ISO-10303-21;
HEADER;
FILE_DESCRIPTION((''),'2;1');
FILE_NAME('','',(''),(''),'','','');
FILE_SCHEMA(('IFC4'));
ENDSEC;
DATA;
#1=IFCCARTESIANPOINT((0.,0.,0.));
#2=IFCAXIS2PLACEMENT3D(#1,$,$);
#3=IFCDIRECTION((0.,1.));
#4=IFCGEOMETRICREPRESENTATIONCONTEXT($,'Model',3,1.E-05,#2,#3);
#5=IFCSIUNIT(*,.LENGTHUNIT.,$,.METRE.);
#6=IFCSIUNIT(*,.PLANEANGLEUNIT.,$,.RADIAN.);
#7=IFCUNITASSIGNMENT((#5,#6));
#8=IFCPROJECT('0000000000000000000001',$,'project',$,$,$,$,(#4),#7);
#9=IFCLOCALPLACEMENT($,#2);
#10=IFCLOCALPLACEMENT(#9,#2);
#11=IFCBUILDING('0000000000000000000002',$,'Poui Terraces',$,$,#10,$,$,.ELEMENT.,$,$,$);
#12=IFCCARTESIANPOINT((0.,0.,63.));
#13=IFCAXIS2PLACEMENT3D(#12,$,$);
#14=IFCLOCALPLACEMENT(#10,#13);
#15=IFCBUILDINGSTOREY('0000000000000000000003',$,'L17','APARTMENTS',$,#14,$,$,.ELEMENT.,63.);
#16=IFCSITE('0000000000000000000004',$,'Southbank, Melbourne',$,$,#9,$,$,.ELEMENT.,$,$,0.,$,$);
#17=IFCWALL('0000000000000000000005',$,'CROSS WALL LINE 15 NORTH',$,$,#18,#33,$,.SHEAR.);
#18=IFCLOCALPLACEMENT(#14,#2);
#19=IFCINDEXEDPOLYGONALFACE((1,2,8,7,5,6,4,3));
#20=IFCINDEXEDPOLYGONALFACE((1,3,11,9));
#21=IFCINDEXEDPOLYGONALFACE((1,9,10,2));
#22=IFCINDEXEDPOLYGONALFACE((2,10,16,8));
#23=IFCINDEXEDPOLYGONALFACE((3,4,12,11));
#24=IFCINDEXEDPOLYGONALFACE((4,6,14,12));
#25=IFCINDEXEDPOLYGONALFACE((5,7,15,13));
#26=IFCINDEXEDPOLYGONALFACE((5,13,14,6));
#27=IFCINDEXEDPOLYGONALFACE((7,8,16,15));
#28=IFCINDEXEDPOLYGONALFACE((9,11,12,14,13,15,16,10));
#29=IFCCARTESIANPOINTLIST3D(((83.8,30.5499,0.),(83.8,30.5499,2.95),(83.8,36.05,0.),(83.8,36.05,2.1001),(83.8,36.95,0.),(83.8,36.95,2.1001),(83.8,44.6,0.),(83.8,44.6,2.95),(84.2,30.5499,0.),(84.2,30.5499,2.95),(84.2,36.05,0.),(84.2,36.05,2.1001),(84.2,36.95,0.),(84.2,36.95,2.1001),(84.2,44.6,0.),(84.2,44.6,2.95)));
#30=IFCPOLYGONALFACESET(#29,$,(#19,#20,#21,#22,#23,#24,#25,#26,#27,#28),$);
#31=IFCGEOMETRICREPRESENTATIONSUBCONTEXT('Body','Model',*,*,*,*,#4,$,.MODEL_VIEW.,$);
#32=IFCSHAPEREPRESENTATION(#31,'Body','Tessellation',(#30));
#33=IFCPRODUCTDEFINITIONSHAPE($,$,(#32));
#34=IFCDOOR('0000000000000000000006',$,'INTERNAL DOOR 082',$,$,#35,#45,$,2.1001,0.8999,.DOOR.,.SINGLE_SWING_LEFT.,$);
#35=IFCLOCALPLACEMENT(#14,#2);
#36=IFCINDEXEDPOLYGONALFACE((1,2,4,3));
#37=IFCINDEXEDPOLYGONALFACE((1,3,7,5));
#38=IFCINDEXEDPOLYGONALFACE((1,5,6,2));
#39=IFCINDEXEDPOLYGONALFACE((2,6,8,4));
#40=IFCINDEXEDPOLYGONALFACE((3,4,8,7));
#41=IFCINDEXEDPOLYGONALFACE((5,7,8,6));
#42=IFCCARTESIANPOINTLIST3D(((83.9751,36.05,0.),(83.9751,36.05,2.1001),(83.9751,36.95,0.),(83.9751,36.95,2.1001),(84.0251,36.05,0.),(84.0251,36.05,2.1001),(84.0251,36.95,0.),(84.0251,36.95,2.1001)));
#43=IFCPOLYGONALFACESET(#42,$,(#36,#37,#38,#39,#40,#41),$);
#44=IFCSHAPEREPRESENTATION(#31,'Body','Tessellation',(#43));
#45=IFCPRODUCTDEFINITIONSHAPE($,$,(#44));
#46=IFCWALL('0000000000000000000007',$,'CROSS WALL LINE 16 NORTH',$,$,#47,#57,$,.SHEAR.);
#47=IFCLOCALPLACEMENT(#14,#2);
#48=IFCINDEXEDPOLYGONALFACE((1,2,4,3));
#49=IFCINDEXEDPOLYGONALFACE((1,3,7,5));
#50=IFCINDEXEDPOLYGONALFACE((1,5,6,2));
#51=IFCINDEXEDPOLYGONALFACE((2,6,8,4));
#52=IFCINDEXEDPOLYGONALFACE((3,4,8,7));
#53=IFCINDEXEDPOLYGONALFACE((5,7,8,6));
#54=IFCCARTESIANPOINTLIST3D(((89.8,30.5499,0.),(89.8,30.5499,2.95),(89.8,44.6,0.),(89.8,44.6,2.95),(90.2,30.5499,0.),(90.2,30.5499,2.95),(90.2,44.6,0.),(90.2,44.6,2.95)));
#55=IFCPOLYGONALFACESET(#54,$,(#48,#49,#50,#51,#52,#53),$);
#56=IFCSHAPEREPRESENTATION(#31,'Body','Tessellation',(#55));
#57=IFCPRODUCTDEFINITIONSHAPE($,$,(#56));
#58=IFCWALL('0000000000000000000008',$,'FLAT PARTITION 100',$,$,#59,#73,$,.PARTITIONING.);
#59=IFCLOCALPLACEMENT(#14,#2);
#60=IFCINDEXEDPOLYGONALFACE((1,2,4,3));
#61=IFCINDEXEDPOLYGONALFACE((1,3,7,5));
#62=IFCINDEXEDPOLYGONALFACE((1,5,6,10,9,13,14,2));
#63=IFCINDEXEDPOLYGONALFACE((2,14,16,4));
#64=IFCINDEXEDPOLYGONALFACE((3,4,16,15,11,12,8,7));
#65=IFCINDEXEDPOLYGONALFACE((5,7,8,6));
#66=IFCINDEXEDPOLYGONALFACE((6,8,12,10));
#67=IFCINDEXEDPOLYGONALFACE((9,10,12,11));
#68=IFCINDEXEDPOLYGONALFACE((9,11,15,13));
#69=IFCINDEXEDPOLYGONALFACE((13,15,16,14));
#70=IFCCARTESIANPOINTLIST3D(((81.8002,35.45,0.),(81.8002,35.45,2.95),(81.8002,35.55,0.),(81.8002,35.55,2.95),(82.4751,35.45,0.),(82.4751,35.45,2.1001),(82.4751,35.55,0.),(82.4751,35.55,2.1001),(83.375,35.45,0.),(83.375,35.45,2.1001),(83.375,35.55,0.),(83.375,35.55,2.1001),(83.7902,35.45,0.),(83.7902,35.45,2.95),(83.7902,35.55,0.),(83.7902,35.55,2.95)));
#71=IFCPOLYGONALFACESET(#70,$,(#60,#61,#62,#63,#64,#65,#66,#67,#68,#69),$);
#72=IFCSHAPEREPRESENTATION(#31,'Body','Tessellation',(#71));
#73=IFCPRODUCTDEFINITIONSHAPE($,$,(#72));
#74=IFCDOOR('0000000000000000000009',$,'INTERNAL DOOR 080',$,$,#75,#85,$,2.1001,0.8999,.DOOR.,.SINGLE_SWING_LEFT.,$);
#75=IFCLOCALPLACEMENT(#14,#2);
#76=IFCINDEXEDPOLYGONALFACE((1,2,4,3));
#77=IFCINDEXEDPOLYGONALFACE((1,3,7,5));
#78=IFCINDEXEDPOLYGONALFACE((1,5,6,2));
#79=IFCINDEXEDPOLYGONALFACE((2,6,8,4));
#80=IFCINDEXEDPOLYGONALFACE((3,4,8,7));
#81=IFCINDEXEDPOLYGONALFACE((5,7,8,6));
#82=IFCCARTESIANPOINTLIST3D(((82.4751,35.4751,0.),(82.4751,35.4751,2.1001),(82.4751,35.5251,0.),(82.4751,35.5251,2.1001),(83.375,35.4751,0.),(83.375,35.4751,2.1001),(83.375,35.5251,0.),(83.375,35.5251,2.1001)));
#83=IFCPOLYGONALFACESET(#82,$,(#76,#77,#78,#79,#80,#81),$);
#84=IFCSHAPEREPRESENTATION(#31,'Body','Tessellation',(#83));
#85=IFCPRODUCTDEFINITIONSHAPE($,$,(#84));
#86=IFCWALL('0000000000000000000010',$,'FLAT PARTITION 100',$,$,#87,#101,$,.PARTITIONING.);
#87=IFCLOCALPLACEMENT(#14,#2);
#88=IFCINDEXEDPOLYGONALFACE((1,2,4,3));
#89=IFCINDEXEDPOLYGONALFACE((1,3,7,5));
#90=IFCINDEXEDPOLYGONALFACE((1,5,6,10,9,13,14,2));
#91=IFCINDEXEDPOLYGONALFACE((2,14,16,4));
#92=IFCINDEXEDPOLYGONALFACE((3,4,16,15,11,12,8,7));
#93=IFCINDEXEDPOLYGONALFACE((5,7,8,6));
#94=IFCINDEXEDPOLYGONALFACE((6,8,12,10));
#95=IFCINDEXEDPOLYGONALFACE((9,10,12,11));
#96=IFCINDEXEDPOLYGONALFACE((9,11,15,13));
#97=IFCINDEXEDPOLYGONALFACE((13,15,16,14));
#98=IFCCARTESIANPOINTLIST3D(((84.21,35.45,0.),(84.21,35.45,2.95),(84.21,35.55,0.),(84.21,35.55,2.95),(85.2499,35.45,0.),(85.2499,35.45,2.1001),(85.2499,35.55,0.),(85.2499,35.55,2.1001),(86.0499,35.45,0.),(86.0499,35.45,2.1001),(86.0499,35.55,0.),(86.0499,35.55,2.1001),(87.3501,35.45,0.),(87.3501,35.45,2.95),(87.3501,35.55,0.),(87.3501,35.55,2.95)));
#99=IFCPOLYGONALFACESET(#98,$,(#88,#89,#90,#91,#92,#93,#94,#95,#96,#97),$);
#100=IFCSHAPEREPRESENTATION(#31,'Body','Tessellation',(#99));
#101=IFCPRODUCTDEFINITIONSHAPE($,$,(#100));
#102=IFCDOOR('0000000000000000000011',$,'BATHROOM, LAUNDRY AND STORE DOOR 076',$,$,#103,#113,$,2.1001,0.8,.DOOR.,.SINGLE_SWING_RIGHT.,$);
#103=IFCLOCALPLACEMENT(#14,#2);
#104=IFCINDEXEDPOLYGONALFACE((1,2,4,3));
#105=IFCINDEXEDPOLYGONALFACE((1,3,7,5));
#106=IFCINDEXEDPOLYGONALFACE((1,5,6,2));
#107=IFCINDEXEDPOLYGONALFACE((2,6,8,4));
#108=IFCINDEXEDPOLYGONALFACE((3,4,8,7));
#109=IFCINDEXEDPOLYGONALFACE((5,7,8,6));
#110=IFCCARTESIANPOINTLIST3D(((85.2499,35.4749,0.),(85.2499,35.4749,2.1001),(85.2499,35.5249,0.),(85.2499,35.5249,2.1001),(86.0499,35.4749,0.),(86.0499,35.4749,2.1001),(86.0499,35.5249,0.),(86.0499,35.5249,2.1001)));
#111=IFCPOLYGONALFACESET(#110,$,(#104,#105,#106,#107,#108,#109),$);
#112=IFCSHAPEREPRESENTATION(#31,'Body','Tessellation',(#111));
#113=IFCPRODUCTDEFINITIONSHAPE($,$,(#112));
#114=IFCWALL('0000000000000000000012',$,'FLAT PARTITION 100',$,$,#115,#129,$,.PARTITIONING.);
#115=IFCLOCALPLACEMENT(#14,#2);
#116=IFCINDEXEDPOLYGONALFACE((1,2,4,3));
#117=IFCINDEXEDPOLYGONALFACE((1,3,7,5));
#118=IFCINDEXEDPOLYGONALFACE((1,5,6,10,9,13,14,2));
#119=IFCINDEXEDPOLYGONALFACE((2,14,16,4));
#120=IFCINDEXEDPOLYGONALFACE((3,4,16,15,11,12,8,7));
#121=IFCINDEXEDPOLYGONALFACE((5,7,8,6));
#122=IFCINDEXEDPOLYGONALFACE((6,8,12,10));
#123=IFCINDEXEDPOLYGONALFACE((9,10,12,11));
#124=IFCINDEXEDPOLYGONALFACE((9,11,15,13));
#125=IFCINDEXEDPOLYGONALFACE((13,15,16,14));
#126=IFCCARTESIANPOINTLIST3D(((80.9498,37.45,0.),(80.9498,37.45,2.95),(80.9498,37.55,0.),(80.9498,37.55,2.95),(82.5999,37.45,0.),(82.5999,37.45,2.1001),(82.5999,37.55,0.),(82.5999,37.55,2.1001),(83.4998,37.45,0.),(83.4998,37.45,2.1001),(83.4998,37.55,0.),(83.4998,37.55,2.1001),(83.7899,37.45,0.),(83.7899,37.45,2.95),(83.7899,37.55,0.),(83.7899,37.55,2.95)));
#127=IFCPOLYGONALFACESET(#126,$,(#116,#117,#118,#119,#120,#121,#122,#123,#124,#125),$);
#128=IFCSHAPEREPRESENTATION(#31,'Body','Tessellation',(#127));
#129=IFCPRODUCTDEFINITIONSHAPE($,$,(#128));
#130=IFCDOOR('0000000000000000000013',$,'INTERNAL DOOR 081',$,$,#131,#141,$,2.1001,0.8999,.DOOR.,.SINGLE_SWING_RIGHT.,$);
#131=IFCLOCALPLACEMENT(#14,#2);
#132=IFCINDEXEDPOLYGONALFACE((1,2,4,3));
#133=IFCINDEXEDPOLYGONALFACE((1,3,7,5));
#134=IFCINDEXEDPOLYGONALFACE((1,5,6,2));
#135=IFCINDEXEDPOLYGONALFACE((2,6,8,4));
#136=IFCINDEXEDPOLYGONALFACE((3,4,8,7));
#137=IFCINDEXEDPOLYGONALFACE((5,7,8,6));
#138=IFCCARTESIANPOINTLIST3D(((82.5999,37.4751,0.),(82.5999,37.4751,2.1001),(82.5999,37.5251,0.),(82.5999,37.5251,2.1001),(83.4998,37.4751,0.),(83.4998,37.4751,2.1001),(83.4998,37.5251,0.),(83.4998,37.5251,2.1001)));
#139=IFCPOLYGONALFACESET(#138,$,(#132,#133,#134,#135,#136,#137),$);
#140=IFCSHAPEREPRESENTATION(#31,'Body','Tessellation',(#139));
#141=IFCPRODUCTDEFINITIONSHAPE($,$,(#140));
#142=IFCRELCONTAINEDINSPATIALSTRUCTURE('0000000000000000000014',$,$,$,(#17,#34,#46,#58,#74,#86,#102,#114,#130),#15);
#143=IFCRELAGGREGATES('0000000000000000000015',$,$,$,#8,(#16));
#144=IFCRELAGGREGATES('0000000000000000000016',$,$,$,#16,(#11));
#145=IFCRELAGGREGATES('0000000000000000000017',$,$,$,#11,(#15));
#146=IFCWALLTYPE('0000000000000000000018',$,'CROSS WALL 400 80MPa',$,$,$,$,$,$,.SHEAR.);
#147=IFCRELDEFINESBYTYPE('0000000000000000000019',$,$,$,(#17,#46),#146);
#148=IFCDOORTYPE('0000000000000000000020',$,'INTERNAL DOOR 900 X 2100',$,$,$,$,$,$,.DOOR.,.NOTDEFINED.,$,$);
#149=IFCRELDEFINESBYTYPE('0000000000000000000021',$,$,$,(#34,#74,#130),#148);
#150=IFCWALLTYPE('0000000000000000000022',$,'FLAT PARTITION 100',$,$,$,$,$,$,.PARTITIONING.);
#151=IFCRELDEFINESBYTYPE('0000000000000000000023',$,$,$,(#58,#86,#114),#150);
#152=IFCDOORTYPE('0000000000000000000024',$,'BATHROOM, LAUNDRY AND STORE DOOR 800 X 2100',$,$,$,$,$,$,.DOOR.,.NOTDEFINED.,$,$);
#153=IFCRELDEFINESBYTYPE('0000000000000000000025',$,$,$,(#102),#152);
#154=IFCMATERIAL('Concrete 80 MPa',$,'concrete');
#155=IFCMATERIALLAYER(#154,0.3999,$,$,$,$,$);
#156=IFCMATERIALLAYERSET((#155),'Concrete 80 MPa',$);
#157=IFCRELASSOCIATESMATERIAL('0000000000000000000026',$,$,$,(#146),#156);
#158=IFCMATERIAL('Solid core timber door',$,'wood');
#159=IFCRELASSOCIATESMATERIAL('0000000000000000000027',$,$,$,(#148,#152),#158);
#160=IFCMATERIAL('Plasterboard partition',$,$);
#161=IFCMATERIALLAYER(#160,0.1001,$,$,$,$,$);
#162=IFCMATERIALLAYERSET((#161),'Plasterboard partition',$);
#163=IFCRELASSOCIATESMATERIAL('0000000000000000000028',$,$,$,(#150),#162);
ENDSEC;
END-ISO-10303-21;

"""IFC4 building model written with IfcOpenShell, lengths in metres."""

from ifc_helpers import new_model, si_unit, direction, frame, frame_2d, origin, place, context, subcontext, project, spatial, rectangle, extrude, material, layer, layer_set, type_object, element, fill, save


model = new_model("IFC4")

# Units and contexts
model_context = context("Model", 3, precision=1e-05, world=origin(), true_north=direction((0.0, 1.0)))
body_context = subcontext(model_context, "Body", "Model", "MODEL_VIEW")
ifc_project = project(units=[si_unit("LENGTHUNIT", "METRE"), si_unit("PLANEANGLEUNIT", "RADIAN")], contexts=[model_context])

# Site, building, storey
site_placement = place(None, origin())
site = spatial("IfcSite", under=ifc_project, at=site_placement, Name="Southbank, Melbourne", CompositionType="ELEMENT", RefElevation=0.0)
building_placement = place(site_placement, origin())
building = spatial("IfcBuilding", under=site, at=building_placement, Name="Poui Terraces", CompositionType="ELEMENT")
storey_placement = place(building_placement, frame((0.0, 0.0, 63.0)))
storey = spatial("IfcBuildingStorey", under=building, at=storey_placement, Name="L17", Description="APARTMENTS", CompositionType="ELEMENT", Elevation=63.0)

# Wall, opening, door
ifc_material_1 = material(Name="Concrete 80 MPa", Category="concrete")
ifc_layer_1 = layer(ifc_material_1, 0.3999)
ifc_layer_set_1 = layer_set([ifc_layer_1], Name="Concrete 80 MPa")
wall_type_1 = type_object("IfcWallType", Name="CROSS WALL 400 80MPa", PredefinedType="SHEAR", material=ifc_layer_set_1)
wall_1_placement = place(storey_placement, frame((84.0, 30.55, 0.0), z_axis=(0.0, 0.0, 1.0), x_axis=(0.0, 1.0, 0.0)))
wall_1 = element("IfcWall", 1, at=wall_1_placement, inside=storey, type_object=wall_type_1, Name="CROSS WALL LINE 15 NORTH", PredefinedType="SHEAR", context=body_context, shape_type="SweptSolid", body=[
    extrude(rectangle(XDim=14.05, YDim=0.3999, at=frame_2d((7.0249, 0.0))), origin(), (0.0, 0.0, 1.0), 2.95),
])
opening_1_placement = place(wall_1_placement, frame((5.5, 0.0, 0.0)))
opening_1 = element("IfcOpeningElement", 2, at=opening_1_placement, cuts=wall_1, PredefinedType="OPENING", context=body_context, shape_type="SweptSolid", body=[
    extrude(rectangle(XDim=0.8999, YDim=2.1001, at=frame_2d((0.45, 1.05))), frame((0.0, 0.21, 0.0), z_axis=(0.0, -1.0, 0.0), x_axis=(1.0, 0.0, 0.0)), (0.0, 0.0, 1.0), 0.4199),
])
ifc_material_2 = material(Name="Solid core timber door", Category="wood")
door_type_1 = type_object("IfcDoorType", Name="INTERNAL DOOR 900 X 2100", OperationType="NOTDEFINED", PredefinedType="DOOR", material=ifc_material_2)
door_1_placement = place(opening_1_placement, origin())
door_1 = element("IfcDoor", 3, at=door_1_placement, inside=storey, type_object=door_type_1, Name="INTERNAL DOOR 082", OperationType="SINGLE_SWING_LEFT", OverallHeight=2.1001, OverallWidth=0.8999, PredefinedType="DOOR", context=body_context, shape_type="SweptSolid", body=[
    extrude(rectangle(XDim=0.8999, YDim=2.1001, at=frame_2d((0.45, 1.05))), frame((0.0, 0.0249, 0.0), z_axis=(0.0, -1.0, 0.0), x_axis=(1.0, 0.0, 0.0)), (0.0, 0.0, 1.0), 0.05),
])
fill(opening_1, door_1)

# Wall
wall_2_placement = place(storey_placement, frame((90.0, 30.55, 0.0), z_axis=(0.0, 0.0, 1.0), x_axis=(0.0, 1.0, 0.0)))
element("IfcWall", 4, at=wall_2_placement, inside=storey, type_object=wall_type_1, Name="CROSS WALL LINE 16 NORTH", PredefinedType="SHEAR", context=body_context, shape_type="SweptSolid", body=[
    extrude(rectangle(XDim=14.05, YDim=0.3999, at=frame_2d((7.0249, 0.0))), origin(), (0.0, 0.0, 1.0), 2.95),
])

# Walls, openings, doors
ifc_material_3 = material(Name="Plasterboard partition")
ifc_layer_2 = layer(ifc_material_3, 0.1001)
ifc_layer_set_2 = layer_set([ifc_layer_2], Name="Plasterboard partition")
wall_type_2 = type_object("IfcWallType", Name="FLAT PARTITION 100", PredefinedType="PARTITIONING", material=ifc_layer_set_2)
wall_3_placement = place(storey_placement, frame((81.8, 35.5, 0.0), z_axis=(0.0, 0.0, 1.0), x_axis=(1.0, 0.0, 0.0)))
wall_3 = element("IfcWall", 5, at=wall_3_placement, inside=storey, type_object=wall_type_2, Name="FLAT PARTITION 100", PredefinedType="PARTITIONING", context=body_context, shape_type="SweptSolid", body=[
    extrude(rectangle(XDim=1.99, YDim=0.1001, at=frame_2d((0.9951, 0.0))), origin(), (0.0, 0.0, 1.0), 2.95),
])
opening_2_placement = place(wall_3_placement, frame((0.675, 0.0, 0.0)))
opening_2 = element("IfcOpeningElement", 6, at=opening_2_placement, cuts=wall_3, PredefinedType="OPENING", context=body_context, shape_type="SweptSolid", body=[
    extrude(rectangle(XDim=0.8999, YDim=2.1001, at=frame_2d((0.45, 1.05))), frame((0.0, 0.0601, 0.0), z_axis=(0.0, -1.0, 0.0), x_axis=(1.0, 0.0, 0.0)), (0.0, 0.0, 1.0), 0.1201),
])
door_2_placement = place(opening_2_placement, frame((0.8999, 0.0, 0.0), z_axis=(0.0, 0.0, 1.0), x_axis=(-1.0, 0.0, 0.0)))
door_2 = element("IfcDoor", 7, at=door_2_placement, inside=storey, type_object=door_type_1, Name="INTERNAL DOOR 080", OperationType="SINGLE_SWING_LEFT", OverallHeight=2.1001, OverallWidth=0.8999, PredefinedType="DOOR", context=body_context, shape_type="SweptSolid", body=[
    extrude(rectangle(XDim=0.8999, YDim=2.1001, at=frame_2d((0.45, 1.05))), frame((0.0, 0.0249, 0.0), z_axis=(0.0, -1.0, 0.0), x_axis=(1.0, 0.0, 0.0)), (0.0, 0.0, 1.0), 0.05),
])
fill(opening_2, door_2)
wall_4_placement = place(storey_placement, frame((84.21, 35.5, 0.0), z_axis=(0.0, 0.0, 1.0), x_axis=(1.0, 0.0, 0.0)))
wall_4 = element("IfcWall", 8, at=wall_4_placement, inside=storey, type_object=wall_type_2, Name="FLAT PARTITION 100", PredefinedType="PARTITIONING", context=body_context, shape_type="SweptSolid", body=[
    extrude(rectangle(XDim=3.1401, YDim=0.1001, at=frame_2d((1.5701, 0.0))), origin(), (0.0, 0.0, 1.0), 2.95),
])
opening_3_placement = place(wall_4_placement, frame((1.04, 0.0, 0.0)))
opening_3 = element("IfcOpeningElement", 9, at=opening_3_placement, cuts=wall_4, PredefinedType="OPENING", context=body_context, shape_type="SweptSolid", body=[
    extrude(rectangle(XDim=0.8, YDim=2.1001, at=frame_2d((0.3999, 1.05))), frame((0.0, 0.0601, 0.0), z_axis=(0.0, -1.0, 0.0), x_axis=(1.0, 0.0, 0.0)), (0.0, 0.0, 1.0), 0.1201),
])
door_type_2 = type_object("IfcDoorType", Name="BATHROOM, LAUNDRY AND STORE DOOR 800 X 2100", OperationType="NOTDEFINED", PredefinedType="DOOR", material=ifc_material_2)
door_3_placement = place(opening_3_placement, origin())
door_3 = element("IfcDoor", 10, at=door_3_placement, inside=storey, type_object=door_type_2, Name="BATHROOM, LAUNDRY AND STORE DOOR 076", OperationType="SINGLE_SWING_RIGHT", OverallHeight=2.1001, OverallWidth=0.8, PredefinedType="DOOR", context=body_context, shape_type="SweptSolid", body=[
    extrude(rectangle(XDim=0.8, YDim=2.1001, at=frame_2d((0.3999, 1.05))), frame((0.0, 0.0249, 0.0), z_axis=(0.0, -1.0, 0.0), x_axis=(1.0, 0.0, 0.0)), (0.0, 0.0, 1.0), 0.05),
])
fill(opening_3, door_3)
wall_5_placement = place(storey_placement, frame((80.95, 37.5, 0.0), z_axis=(0.0, 0.0, 1.0), x_axis=(1.0, 0.0, 0.0)))
wall_5 = element("IfcWall", 11, at=wall_5_placement, inside=storey, type_object=wall_type_2, Name="FLAT PARTITION 100", PredefinedType="PARTITIONING", context=body_context, shape_type="SweptSolid", body=[
    extrude(rectangle(XDim=2.8401, YDim=0.1001, at=frame_2d((1.4199, 0.0))), origin(), (0.0, 0.0, 1.0), 2.95),
])
opening_4_placement = place(wall_5_placement, frame((1.6499, 0.0, 0.0)))
opening_4 = element("IfcOpeningElement", 12, at=opening_4_placement, cuts=wall_5, PredefinedType="OPENING", context=body_context, shape_type="SweptSolid", body=[
    extrude(rectangle(XDim=0.8999, YDim=2.1001, at=frame_2d((0.45, 1.05))), frame((0.0, 0.0601, 0.0), z_axis=(0.0, -1.0, 0.0), x_axis=(1.0, 0.0, 0.0)), (0.0, 0.0, 1.0), 0.1201),
])
door_4_placement = place(opening_4_placement, frame((0.8999, 0.0, 0.0), z_axis=(0.0, 0.0, 1.0), x_axis=(-1.0, 0.0, 0.0)))
door_4 = element("IfcDoor", 13, at=door_4_placement, inside=storey, type_object=door_type_1, Name="INTERNAL DOOR 081", OperationType="SINGLE_SWING_RIGHT", OverallHeight=2.1001, OverallWidth=0.8999, PredefinedType="DOOR", context=body_context, shape_type="SweptSolid", body=[
    extrude(rectangle(XDim=0.8999, YDim=2.1001, at=frame_2d((0.45, 1.05))), frame((0.0, 0.0249, 0.0), z_axis=(0.0, -1.0, 0.0), x_axis=(1.0, 0.0, 0.0)), (0.0, 0.0, 1.0), 0.05),
])
fill(opening_4, door_4)

save(model, "model.ifc")
